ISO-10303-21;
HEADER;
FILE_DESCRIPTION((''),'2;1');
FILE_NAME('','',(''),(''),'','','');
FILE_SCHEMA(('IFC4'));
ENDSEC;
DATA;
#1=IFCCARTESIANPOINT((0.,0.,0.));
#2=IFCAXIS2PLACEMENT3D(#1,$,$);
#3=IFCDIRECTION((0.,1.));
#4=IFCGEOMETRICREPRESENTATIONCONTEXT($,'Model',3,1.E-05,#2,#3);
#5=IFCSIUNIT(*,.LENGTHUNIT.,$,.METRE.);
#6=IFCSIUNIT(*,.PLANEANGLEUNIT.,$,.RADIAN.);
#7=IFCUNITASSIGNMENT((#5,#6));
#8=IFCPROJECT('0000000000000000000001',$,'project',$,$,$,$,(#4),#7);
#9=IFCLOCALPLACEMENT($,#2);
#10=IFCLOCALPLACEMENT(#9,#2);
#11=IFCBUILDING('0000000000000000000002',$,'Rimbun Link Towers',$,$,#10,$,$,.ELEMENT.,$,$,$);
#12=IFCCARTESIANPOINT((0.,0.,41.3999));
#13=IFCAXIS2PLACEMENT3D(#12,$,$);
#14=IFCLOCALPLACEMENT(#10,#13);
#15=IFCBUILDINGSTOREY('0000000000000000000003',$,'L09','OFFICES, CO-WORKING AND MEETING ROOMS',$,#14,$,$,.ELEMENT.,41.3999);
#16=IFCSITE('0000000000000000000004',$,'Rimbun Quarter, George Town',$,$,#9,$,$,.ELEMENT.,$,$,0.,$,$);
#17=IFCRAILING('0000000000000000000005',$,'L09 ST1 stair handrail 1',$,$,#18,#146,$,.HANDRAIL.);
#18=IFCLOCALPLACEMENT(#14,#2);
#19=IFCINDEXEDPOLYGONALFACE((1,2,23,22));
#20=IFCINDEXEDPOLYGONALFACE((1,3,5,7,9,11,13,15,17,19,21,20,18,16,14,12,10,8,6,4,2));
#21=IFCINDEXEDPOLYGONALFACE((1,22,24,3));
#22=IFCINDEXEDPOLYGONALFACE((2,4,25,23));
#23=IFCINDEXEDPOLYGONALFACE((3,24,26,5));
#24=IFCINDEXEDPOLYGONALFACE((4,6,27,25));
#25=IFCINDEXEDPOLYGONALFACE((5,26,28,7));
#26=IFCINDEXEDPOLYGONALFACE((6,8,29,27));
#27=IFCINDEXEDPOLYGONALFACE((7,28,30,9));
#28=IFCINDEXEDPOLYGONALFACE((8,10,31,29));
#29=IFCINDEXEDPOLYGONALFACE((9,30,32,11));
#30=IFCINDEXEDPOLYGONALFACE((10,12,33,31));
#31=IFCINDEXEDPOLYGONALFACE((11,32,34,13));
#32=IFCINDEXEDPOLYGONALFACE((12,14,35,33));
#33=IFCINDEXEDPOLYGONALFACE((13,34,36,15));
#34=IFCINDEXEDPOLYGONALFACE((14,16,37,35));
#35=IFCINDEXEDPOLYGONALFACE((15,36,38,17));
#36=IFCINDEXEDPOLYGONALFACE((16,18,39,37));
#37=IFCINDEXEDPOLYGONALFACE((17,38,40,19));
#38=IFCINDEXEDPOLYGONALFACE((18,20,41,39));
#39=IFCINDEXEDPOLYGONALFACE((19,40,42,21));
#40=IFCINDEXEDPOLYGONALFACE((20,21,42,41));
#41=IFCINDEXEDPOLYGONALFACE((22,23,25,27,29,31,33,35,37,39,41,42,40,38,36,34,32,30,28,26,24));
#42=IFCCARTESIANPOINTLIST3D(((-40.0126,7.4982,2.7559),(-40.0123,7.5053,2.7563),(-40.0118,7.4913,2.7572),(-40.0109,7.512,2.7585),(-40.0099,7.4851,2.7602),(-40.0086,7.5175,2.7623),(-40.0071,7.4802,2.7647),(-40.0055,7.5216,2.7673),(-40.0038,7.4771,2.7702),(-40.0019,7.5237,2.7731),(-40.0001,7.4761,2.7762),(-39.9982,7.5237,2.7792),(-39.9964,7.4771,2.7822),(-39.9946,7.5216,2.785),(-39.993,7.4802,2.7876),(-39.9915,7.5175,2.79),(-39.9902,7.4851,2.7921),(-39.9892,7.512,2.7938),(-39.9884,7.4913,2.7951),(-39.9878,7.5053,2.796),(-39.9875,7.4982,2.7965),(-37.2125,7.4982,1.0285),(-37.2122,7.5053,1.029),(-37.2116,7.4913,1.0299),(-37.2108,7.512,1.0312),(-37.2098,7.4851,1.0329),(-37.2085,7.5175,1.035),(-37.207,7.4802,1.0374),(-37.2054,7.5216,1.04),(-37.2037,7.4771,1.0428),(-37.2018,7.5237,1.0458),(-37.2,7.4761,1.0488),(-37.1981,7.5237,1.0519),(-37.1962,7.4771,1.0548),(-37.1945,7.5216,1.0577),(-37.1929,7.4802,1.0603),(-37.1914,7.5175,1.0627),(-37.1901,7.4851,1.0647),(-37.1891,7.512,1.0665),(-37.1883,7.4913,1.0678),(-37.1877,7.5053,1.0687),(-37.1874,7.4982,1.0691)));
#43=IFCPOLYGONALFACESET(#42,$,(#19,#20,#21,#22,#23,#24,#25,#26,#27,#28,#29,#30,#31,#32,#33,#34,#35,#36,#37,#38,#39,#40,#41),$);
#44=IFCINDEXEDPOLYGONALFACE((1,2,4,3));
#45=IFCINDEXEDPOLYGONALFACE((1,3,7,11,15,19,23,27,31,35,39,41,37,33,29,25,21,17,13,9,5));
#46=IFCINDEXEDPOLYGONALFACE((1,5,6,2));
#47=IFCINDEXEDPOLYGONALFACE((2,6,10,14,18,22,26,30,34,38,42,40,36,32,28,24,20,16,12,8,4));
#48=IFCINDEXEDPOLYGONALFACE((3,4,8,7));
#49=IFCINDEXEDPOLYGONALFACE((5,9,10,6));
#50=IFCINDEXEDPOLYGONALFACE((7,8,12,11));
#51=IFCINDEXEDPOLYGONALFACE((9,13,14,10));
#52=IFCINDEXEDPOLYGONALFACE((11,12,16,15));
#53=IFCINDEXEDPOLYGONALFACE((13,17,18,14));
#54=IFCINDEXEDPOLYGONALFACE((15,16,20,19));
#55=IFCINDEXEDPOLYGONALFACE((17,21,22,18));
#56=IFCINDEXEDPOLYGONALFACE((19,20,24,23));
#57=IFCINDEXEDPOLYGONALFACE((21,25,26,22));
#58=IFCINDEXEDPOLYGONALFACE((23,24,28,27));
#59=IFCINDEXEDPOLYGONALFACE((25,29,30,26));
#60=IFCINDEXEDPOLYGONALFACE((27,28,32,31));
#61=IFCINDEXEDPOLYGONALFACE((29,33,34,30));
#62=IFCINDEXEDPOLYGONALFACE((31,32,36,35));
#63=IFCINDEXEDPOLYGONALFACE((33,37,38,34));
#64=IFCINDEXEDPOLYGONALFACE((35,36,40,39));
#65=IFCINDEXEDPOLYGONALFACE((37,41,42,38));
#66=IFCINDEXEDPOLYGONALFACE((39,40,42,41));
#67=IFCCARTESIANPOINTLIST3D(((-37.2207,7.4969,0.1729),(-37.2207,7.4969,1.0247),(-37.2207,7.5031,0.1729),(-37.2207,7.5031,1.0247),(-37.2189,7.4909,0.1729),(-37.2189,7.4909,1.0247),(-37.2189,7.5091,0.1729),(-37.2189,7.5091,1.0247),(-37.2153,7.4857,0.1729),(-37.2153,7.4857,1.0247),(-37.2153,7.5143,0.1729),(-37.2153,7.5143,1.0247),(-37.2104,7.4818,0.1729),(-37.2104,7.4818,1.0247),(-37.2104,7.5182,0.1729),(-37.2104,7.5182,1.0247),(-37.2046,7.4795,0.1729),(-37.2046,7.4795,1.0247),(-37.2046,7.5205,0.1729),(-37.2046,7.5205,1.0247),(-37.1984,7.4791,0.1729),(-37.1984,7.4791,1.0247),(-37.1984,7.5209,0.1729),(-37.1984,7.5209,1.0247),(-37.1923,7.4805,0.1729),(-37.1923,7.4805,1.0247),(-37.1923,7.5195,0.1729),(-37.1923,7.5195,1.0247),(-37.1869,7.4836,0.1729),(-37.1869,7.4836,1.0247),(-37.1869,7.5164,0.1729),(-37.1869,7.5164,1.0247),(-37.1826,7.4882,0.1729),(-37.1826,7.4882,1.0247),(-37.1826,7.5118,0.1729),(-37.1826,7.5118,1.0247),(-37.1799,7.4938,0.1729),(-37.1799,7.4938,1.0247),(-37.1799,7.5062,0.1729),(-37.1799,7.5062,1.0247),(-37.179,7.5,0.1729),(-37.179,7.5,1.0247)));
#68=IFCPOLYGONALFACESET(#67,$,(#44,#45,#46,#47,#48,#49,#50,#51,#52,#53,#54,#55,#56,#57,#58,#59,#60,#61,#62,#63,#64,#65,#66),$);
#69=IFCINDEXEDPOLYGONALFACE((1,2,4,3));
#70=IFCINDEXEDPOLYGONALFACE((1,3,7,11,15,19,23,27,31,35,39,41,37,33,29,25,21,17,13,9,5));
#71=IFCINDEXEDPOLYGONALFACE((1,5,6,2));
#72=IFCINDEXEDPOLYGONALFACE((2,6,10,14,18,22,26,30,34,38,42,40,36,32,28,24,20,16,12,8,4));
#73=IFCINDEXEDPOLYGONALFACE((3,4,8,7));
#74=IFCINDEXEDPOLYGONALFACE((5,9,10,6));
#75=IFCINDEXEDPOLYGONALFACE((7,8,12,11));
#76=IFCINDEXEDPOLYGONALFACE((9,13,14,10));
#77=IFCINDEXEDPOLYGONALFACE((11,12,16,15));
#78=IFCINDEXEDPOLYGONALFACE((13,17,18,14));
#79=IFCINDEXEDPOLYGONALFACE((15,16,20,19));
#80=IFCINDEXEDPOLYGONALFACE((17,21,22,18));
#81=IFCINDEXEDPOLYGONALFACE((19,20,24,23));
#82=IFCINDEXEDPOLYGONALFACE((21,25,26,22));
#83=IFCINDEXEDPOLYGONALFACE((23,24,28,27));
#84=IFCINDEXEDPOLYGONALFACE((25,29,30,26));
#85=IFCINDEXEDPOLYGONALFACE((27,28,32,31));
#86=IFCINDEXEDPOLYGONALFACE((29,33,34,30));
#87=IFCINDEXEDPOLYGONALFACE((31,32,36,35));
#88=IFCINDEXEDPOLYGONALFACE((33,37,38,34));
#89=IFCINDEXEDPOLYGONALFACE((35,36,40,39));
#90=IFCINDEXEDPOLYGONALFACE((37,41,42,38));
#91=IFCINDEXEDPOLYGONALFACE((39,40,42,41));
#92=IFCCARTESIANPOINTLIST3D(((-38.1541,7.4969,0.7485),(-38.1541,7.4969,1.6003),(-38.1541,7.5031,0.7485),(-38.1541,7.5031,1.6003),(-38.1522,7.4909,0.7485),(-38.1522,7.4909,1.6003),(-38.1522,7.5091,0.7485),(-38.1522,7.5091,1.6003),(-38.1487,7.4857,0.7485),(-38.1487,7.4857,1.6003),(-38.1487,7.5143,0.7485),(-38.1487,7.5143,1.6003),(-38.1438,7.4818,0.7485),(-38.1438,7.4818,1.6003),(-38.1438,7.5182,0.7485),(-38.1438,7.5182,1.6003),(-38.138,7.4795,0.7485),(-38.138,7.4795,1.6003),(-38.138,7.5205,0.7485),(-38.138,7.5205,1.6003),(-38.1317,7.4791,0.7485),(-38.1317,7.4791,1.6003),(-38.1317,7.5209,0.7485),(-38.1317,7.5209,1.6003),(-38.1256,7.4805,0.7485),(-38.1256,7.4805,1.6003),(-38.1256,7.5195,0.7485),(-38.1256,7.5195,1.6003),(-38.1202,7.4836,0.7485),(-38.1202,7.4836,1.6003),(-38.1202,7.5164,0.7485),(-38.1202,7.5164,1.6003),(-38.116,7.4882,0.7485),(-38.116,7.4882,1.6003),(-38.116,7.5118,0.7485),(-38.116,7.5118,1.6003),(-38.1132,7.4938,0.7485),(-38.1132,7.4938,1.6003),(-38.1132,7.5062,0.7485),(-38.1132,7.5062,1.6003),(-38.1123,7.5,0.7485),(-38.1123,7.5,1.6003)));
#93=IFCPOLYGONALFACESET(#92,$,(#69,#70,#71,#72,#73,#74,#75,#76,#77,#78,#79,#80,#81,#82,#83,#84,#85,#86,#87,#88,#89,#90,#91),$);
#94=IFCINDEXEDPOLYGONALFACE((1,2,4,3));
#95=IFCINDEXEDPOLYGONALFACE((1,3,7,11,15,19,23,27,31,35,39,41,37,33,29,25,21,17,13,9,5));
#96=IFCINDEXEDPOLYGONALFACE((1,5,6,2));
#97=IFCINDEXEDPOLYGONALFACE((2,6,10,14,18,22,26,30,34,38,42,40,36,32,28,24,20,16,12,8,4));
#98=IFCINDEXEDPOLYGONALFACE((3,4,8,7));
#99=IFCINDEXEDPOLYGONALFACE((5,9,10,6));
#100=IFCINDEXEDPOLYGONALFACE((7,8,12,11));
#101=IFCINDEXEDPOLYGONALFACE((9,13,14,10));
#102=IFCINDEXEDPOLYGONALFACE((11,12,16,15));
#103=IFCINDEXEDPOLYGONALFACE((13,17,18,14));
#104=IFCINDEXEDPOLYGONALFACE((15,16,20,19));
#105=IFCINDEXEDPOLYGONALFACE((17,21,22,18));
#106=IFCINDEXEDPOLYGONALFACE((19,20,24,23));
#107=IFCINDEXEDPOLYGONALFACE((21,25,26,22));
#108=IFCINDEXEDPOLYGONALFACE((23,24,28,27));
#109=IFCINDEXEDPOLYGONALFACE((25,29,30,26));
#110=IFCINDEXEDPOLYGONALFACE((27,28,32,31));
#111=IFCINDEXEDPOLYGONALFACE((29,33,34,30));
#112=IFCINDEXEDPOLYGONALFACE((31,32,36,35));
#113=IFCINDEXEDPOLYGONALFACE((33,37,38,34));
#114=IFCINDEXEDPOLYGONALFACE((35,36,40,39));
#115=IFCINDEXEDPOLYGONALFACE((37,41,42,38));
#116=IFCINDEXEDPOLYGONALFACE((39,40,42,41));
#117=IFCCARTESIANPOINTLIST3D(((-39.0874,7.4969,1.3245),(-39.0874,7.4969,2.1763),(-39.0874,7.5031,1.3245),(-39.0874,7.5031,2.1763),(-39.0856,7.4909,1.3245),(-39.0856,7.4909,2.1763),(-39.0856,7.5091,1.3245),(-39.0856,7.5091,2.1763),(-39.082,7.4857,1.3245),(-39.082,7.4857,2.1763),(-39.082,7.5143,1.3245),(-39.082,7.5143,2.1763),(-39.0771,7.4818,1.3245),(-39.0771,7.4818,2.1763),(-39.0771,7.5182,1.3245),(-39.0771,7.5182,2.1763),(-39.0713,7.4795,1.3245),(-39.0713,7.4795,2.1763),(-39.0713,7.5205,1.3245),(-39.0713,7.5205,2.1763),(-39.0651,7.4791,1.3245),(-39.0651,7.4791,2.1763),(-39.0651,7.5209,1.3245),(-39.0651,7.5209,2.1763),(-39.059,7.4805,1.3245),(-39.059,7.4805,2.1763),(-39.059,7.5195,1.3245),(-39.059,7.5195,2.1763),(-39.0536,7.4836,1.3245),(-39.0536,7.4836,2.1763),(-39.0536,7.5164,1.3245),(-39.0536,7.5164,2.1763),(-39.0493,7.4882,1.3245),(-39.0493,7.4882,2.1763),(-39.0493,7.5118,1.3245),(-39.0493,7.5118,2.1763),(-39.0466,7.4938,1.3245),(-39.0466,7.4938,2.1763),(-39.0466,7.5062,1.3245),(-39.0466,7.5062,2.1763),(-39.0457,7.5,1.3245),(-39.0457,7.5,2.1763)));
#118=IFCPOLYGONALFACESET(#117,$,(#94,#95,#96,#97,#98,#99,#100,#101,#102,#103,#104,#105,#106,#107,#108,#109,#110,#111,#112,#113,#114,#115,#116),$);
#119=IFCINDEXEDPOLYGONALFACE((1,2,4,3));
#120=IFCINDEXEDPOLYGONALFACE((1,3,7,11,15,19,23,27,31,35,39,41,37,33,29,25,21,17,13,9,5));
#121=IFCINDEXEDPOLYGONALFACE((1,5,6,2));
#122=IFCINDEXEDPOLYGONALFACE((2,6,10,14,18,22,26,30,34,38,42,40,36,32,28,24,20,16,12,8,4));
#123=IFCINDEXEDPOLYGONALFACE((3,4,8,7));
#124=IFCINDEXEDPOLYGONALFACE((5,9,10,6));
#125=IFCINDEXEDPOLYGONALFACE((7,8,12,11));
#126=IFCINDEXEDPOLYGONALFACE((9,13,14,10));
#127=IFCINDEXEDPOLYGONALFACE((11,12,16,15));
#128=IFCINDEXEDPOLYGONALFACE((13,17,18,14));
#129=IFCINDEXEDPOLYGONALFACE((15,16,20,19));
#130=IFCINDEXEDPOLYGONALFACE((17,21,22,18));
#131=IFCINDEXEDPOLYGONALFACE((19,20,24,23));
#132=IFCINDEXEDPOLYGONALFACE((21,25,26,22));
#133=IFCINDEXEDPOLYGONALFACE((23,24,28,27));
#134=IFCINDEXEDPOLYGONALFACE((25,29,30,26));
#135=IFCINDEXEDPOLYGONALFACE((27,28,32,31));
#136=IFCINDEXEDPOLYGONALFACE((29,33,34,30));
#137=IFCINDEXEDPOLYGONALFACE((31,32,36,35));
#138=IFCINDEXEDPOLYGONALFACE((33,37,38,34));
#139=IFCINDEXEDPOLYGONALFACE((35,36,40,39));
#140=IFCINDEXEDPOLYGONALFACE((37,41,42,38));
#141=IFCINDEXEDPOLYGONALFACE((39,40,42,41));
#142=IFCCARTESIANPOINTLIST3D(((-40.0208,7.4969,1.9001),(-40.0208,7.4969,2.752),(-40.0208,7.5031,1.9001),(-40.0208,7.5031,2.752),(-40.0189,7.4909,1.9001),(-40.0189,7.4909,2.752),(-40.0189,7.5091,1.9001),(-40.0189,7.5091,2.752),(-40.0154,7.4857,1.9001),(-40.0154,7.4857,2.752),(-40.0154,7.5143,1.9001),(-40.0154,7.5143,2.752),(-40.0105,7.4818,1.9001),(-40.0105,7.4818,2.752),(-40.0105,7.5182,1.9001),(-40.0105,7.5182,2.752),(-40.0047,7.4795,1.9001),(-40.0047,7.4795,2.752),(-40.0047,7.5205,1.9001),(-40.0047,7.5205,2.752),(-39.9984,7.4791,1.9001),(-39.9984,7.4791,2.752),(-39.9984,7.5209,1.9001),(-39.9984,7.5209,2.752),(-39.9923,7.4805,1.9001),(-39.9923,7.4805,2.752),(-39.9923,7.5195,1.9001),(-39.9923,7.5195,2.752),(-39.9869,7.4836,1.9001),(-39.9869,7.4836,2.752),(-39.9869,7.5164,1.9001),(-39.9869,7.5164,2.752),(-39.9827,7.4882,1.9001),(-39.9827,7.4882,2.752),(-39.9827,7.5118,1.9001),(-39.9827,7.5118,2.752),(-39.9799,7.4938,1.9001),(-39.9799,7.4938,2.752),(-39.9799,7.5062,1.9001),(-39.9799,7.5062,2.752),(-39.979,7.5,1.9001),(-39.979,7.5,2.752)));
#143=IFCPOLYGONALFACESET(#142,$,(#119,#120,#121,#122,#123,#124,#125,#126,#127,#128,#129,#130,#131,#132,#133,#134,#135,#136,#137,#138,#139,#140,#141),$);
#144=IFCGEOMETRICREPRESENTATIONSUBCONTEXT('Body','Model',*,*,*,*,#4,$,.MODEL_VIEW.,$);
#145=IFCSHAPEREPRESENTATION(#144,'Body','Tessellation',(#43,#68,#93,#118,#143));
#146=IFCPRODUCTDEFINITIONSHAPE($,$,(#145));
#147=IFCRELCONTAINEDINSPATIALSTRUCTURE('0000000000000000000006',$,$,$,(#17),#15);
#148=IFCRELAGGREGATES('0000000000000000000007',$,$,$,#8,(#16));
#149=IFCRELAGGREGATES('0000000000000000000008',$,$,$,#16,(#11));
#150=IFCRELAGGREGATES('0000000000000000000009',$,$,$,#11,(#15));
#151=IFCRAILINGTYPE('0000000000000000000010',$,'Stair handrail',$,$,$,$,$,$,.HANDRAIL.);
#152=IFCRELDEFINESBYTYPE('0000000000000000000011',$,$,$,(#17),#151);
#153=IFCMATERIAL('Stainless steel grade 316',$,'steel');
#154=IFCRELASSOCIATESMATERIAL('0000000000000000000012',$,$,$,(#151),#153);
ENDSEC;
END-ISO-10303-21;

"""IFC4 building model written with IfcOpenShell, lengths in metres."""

from ifc_helpers import new_model, si_unit, direction, frame, origin, origin_2d, place, context, subcontext, project, spatial, circle, extrude, material, type_object, element, save


model = new_model("IFC4")

# Units and contexts
model_context = context("Model", 3, precision=1e-05, world=origin(), true_north=direction((0.0, 1.0)))
body_context = subcontext(model_context, "Body", "Model", "MODEL_VIEW")
ifc_project = project(units=[si_unit("LENGTHUNIT", "METRE"), si_unit("PLANEANGLEUNIT", "RADIAN")], contexts=[model_context])

# Site, building, storey
site_placement = place(None, origin())
site = spatial("IfcSite", under=ifc_project, at=site_placement, Name="Rimbun Quarter, George Town", CompositionType="ELEMENT", RefElevation=0.0)
building_placement = place(site_placement, origin())
building = spatial("IfcBuilding", under=site, at=building_placement, Name="Rimbun Link Towers", CompositionType="ELEMENT")
storey_placement = place(building_placement, frame((0.0, 0.0, 41.3999)))
storey = spatial("IfcBuildingStorey", under=building, at=storey_placement, Name="L09", Description="OFFICES, CO-WORKING AND MEETING ROOMS", CompositionType="ELEMENT", Elevation=41.3999)

# Railing
ifc_material_1 = material(Name="Stainless steel grade 316", Category="steel")
railing_type_1 = type_object("IfcRailingType", Name="Stair handrail", PredefinedType="HANDRAIL", material=ifc_material_1)
railing_1_placement = place(storey_placement, frame((-37.2, 7.5, 0.1729)))
element("IfcRailing", 1, at=railing_1_placement, inside=storey, type_object=railing_type_1, Name="L09 ST1 stair handrail 1", PredefinedType="HANDRAIL", context=body_context, shape_type="SweptSolid", body=[
    extrude(circle(Radius=0.0239, at=origin_2d()), frame((0.0, 0.0, 0.876), z_axis=(-0.85109, 0.0, 0.52502), x_axis=(0.0, -1.0, 0.0)), (0.0, 0.0, 1.0), 3.29),
    extrude(circle(Radius=0.021, at=origin_2d()), origin(), (0.0, 0.0, 1.0), 0.8518),
    extrude(circle(Radius=0.021, at=origin_2d()), frame((-0.9333, 0.0, 0.5757)), (0.0, 0.0, 1.0), 0.8518),
    extrude(circle(Radius=0.021, at=origin_2d()), frame((-1.8667, 0.0, 1.1516)), (0.0, 0.0, 1.0), 0.8518),
    extrude(circle(Radius=0.021, at=origin_2d()), frame((-2.8, 0.0, 1.7273)), (0.0, 0.0, 1.0), 0.8518),
])

save(model, "model.ifc")
